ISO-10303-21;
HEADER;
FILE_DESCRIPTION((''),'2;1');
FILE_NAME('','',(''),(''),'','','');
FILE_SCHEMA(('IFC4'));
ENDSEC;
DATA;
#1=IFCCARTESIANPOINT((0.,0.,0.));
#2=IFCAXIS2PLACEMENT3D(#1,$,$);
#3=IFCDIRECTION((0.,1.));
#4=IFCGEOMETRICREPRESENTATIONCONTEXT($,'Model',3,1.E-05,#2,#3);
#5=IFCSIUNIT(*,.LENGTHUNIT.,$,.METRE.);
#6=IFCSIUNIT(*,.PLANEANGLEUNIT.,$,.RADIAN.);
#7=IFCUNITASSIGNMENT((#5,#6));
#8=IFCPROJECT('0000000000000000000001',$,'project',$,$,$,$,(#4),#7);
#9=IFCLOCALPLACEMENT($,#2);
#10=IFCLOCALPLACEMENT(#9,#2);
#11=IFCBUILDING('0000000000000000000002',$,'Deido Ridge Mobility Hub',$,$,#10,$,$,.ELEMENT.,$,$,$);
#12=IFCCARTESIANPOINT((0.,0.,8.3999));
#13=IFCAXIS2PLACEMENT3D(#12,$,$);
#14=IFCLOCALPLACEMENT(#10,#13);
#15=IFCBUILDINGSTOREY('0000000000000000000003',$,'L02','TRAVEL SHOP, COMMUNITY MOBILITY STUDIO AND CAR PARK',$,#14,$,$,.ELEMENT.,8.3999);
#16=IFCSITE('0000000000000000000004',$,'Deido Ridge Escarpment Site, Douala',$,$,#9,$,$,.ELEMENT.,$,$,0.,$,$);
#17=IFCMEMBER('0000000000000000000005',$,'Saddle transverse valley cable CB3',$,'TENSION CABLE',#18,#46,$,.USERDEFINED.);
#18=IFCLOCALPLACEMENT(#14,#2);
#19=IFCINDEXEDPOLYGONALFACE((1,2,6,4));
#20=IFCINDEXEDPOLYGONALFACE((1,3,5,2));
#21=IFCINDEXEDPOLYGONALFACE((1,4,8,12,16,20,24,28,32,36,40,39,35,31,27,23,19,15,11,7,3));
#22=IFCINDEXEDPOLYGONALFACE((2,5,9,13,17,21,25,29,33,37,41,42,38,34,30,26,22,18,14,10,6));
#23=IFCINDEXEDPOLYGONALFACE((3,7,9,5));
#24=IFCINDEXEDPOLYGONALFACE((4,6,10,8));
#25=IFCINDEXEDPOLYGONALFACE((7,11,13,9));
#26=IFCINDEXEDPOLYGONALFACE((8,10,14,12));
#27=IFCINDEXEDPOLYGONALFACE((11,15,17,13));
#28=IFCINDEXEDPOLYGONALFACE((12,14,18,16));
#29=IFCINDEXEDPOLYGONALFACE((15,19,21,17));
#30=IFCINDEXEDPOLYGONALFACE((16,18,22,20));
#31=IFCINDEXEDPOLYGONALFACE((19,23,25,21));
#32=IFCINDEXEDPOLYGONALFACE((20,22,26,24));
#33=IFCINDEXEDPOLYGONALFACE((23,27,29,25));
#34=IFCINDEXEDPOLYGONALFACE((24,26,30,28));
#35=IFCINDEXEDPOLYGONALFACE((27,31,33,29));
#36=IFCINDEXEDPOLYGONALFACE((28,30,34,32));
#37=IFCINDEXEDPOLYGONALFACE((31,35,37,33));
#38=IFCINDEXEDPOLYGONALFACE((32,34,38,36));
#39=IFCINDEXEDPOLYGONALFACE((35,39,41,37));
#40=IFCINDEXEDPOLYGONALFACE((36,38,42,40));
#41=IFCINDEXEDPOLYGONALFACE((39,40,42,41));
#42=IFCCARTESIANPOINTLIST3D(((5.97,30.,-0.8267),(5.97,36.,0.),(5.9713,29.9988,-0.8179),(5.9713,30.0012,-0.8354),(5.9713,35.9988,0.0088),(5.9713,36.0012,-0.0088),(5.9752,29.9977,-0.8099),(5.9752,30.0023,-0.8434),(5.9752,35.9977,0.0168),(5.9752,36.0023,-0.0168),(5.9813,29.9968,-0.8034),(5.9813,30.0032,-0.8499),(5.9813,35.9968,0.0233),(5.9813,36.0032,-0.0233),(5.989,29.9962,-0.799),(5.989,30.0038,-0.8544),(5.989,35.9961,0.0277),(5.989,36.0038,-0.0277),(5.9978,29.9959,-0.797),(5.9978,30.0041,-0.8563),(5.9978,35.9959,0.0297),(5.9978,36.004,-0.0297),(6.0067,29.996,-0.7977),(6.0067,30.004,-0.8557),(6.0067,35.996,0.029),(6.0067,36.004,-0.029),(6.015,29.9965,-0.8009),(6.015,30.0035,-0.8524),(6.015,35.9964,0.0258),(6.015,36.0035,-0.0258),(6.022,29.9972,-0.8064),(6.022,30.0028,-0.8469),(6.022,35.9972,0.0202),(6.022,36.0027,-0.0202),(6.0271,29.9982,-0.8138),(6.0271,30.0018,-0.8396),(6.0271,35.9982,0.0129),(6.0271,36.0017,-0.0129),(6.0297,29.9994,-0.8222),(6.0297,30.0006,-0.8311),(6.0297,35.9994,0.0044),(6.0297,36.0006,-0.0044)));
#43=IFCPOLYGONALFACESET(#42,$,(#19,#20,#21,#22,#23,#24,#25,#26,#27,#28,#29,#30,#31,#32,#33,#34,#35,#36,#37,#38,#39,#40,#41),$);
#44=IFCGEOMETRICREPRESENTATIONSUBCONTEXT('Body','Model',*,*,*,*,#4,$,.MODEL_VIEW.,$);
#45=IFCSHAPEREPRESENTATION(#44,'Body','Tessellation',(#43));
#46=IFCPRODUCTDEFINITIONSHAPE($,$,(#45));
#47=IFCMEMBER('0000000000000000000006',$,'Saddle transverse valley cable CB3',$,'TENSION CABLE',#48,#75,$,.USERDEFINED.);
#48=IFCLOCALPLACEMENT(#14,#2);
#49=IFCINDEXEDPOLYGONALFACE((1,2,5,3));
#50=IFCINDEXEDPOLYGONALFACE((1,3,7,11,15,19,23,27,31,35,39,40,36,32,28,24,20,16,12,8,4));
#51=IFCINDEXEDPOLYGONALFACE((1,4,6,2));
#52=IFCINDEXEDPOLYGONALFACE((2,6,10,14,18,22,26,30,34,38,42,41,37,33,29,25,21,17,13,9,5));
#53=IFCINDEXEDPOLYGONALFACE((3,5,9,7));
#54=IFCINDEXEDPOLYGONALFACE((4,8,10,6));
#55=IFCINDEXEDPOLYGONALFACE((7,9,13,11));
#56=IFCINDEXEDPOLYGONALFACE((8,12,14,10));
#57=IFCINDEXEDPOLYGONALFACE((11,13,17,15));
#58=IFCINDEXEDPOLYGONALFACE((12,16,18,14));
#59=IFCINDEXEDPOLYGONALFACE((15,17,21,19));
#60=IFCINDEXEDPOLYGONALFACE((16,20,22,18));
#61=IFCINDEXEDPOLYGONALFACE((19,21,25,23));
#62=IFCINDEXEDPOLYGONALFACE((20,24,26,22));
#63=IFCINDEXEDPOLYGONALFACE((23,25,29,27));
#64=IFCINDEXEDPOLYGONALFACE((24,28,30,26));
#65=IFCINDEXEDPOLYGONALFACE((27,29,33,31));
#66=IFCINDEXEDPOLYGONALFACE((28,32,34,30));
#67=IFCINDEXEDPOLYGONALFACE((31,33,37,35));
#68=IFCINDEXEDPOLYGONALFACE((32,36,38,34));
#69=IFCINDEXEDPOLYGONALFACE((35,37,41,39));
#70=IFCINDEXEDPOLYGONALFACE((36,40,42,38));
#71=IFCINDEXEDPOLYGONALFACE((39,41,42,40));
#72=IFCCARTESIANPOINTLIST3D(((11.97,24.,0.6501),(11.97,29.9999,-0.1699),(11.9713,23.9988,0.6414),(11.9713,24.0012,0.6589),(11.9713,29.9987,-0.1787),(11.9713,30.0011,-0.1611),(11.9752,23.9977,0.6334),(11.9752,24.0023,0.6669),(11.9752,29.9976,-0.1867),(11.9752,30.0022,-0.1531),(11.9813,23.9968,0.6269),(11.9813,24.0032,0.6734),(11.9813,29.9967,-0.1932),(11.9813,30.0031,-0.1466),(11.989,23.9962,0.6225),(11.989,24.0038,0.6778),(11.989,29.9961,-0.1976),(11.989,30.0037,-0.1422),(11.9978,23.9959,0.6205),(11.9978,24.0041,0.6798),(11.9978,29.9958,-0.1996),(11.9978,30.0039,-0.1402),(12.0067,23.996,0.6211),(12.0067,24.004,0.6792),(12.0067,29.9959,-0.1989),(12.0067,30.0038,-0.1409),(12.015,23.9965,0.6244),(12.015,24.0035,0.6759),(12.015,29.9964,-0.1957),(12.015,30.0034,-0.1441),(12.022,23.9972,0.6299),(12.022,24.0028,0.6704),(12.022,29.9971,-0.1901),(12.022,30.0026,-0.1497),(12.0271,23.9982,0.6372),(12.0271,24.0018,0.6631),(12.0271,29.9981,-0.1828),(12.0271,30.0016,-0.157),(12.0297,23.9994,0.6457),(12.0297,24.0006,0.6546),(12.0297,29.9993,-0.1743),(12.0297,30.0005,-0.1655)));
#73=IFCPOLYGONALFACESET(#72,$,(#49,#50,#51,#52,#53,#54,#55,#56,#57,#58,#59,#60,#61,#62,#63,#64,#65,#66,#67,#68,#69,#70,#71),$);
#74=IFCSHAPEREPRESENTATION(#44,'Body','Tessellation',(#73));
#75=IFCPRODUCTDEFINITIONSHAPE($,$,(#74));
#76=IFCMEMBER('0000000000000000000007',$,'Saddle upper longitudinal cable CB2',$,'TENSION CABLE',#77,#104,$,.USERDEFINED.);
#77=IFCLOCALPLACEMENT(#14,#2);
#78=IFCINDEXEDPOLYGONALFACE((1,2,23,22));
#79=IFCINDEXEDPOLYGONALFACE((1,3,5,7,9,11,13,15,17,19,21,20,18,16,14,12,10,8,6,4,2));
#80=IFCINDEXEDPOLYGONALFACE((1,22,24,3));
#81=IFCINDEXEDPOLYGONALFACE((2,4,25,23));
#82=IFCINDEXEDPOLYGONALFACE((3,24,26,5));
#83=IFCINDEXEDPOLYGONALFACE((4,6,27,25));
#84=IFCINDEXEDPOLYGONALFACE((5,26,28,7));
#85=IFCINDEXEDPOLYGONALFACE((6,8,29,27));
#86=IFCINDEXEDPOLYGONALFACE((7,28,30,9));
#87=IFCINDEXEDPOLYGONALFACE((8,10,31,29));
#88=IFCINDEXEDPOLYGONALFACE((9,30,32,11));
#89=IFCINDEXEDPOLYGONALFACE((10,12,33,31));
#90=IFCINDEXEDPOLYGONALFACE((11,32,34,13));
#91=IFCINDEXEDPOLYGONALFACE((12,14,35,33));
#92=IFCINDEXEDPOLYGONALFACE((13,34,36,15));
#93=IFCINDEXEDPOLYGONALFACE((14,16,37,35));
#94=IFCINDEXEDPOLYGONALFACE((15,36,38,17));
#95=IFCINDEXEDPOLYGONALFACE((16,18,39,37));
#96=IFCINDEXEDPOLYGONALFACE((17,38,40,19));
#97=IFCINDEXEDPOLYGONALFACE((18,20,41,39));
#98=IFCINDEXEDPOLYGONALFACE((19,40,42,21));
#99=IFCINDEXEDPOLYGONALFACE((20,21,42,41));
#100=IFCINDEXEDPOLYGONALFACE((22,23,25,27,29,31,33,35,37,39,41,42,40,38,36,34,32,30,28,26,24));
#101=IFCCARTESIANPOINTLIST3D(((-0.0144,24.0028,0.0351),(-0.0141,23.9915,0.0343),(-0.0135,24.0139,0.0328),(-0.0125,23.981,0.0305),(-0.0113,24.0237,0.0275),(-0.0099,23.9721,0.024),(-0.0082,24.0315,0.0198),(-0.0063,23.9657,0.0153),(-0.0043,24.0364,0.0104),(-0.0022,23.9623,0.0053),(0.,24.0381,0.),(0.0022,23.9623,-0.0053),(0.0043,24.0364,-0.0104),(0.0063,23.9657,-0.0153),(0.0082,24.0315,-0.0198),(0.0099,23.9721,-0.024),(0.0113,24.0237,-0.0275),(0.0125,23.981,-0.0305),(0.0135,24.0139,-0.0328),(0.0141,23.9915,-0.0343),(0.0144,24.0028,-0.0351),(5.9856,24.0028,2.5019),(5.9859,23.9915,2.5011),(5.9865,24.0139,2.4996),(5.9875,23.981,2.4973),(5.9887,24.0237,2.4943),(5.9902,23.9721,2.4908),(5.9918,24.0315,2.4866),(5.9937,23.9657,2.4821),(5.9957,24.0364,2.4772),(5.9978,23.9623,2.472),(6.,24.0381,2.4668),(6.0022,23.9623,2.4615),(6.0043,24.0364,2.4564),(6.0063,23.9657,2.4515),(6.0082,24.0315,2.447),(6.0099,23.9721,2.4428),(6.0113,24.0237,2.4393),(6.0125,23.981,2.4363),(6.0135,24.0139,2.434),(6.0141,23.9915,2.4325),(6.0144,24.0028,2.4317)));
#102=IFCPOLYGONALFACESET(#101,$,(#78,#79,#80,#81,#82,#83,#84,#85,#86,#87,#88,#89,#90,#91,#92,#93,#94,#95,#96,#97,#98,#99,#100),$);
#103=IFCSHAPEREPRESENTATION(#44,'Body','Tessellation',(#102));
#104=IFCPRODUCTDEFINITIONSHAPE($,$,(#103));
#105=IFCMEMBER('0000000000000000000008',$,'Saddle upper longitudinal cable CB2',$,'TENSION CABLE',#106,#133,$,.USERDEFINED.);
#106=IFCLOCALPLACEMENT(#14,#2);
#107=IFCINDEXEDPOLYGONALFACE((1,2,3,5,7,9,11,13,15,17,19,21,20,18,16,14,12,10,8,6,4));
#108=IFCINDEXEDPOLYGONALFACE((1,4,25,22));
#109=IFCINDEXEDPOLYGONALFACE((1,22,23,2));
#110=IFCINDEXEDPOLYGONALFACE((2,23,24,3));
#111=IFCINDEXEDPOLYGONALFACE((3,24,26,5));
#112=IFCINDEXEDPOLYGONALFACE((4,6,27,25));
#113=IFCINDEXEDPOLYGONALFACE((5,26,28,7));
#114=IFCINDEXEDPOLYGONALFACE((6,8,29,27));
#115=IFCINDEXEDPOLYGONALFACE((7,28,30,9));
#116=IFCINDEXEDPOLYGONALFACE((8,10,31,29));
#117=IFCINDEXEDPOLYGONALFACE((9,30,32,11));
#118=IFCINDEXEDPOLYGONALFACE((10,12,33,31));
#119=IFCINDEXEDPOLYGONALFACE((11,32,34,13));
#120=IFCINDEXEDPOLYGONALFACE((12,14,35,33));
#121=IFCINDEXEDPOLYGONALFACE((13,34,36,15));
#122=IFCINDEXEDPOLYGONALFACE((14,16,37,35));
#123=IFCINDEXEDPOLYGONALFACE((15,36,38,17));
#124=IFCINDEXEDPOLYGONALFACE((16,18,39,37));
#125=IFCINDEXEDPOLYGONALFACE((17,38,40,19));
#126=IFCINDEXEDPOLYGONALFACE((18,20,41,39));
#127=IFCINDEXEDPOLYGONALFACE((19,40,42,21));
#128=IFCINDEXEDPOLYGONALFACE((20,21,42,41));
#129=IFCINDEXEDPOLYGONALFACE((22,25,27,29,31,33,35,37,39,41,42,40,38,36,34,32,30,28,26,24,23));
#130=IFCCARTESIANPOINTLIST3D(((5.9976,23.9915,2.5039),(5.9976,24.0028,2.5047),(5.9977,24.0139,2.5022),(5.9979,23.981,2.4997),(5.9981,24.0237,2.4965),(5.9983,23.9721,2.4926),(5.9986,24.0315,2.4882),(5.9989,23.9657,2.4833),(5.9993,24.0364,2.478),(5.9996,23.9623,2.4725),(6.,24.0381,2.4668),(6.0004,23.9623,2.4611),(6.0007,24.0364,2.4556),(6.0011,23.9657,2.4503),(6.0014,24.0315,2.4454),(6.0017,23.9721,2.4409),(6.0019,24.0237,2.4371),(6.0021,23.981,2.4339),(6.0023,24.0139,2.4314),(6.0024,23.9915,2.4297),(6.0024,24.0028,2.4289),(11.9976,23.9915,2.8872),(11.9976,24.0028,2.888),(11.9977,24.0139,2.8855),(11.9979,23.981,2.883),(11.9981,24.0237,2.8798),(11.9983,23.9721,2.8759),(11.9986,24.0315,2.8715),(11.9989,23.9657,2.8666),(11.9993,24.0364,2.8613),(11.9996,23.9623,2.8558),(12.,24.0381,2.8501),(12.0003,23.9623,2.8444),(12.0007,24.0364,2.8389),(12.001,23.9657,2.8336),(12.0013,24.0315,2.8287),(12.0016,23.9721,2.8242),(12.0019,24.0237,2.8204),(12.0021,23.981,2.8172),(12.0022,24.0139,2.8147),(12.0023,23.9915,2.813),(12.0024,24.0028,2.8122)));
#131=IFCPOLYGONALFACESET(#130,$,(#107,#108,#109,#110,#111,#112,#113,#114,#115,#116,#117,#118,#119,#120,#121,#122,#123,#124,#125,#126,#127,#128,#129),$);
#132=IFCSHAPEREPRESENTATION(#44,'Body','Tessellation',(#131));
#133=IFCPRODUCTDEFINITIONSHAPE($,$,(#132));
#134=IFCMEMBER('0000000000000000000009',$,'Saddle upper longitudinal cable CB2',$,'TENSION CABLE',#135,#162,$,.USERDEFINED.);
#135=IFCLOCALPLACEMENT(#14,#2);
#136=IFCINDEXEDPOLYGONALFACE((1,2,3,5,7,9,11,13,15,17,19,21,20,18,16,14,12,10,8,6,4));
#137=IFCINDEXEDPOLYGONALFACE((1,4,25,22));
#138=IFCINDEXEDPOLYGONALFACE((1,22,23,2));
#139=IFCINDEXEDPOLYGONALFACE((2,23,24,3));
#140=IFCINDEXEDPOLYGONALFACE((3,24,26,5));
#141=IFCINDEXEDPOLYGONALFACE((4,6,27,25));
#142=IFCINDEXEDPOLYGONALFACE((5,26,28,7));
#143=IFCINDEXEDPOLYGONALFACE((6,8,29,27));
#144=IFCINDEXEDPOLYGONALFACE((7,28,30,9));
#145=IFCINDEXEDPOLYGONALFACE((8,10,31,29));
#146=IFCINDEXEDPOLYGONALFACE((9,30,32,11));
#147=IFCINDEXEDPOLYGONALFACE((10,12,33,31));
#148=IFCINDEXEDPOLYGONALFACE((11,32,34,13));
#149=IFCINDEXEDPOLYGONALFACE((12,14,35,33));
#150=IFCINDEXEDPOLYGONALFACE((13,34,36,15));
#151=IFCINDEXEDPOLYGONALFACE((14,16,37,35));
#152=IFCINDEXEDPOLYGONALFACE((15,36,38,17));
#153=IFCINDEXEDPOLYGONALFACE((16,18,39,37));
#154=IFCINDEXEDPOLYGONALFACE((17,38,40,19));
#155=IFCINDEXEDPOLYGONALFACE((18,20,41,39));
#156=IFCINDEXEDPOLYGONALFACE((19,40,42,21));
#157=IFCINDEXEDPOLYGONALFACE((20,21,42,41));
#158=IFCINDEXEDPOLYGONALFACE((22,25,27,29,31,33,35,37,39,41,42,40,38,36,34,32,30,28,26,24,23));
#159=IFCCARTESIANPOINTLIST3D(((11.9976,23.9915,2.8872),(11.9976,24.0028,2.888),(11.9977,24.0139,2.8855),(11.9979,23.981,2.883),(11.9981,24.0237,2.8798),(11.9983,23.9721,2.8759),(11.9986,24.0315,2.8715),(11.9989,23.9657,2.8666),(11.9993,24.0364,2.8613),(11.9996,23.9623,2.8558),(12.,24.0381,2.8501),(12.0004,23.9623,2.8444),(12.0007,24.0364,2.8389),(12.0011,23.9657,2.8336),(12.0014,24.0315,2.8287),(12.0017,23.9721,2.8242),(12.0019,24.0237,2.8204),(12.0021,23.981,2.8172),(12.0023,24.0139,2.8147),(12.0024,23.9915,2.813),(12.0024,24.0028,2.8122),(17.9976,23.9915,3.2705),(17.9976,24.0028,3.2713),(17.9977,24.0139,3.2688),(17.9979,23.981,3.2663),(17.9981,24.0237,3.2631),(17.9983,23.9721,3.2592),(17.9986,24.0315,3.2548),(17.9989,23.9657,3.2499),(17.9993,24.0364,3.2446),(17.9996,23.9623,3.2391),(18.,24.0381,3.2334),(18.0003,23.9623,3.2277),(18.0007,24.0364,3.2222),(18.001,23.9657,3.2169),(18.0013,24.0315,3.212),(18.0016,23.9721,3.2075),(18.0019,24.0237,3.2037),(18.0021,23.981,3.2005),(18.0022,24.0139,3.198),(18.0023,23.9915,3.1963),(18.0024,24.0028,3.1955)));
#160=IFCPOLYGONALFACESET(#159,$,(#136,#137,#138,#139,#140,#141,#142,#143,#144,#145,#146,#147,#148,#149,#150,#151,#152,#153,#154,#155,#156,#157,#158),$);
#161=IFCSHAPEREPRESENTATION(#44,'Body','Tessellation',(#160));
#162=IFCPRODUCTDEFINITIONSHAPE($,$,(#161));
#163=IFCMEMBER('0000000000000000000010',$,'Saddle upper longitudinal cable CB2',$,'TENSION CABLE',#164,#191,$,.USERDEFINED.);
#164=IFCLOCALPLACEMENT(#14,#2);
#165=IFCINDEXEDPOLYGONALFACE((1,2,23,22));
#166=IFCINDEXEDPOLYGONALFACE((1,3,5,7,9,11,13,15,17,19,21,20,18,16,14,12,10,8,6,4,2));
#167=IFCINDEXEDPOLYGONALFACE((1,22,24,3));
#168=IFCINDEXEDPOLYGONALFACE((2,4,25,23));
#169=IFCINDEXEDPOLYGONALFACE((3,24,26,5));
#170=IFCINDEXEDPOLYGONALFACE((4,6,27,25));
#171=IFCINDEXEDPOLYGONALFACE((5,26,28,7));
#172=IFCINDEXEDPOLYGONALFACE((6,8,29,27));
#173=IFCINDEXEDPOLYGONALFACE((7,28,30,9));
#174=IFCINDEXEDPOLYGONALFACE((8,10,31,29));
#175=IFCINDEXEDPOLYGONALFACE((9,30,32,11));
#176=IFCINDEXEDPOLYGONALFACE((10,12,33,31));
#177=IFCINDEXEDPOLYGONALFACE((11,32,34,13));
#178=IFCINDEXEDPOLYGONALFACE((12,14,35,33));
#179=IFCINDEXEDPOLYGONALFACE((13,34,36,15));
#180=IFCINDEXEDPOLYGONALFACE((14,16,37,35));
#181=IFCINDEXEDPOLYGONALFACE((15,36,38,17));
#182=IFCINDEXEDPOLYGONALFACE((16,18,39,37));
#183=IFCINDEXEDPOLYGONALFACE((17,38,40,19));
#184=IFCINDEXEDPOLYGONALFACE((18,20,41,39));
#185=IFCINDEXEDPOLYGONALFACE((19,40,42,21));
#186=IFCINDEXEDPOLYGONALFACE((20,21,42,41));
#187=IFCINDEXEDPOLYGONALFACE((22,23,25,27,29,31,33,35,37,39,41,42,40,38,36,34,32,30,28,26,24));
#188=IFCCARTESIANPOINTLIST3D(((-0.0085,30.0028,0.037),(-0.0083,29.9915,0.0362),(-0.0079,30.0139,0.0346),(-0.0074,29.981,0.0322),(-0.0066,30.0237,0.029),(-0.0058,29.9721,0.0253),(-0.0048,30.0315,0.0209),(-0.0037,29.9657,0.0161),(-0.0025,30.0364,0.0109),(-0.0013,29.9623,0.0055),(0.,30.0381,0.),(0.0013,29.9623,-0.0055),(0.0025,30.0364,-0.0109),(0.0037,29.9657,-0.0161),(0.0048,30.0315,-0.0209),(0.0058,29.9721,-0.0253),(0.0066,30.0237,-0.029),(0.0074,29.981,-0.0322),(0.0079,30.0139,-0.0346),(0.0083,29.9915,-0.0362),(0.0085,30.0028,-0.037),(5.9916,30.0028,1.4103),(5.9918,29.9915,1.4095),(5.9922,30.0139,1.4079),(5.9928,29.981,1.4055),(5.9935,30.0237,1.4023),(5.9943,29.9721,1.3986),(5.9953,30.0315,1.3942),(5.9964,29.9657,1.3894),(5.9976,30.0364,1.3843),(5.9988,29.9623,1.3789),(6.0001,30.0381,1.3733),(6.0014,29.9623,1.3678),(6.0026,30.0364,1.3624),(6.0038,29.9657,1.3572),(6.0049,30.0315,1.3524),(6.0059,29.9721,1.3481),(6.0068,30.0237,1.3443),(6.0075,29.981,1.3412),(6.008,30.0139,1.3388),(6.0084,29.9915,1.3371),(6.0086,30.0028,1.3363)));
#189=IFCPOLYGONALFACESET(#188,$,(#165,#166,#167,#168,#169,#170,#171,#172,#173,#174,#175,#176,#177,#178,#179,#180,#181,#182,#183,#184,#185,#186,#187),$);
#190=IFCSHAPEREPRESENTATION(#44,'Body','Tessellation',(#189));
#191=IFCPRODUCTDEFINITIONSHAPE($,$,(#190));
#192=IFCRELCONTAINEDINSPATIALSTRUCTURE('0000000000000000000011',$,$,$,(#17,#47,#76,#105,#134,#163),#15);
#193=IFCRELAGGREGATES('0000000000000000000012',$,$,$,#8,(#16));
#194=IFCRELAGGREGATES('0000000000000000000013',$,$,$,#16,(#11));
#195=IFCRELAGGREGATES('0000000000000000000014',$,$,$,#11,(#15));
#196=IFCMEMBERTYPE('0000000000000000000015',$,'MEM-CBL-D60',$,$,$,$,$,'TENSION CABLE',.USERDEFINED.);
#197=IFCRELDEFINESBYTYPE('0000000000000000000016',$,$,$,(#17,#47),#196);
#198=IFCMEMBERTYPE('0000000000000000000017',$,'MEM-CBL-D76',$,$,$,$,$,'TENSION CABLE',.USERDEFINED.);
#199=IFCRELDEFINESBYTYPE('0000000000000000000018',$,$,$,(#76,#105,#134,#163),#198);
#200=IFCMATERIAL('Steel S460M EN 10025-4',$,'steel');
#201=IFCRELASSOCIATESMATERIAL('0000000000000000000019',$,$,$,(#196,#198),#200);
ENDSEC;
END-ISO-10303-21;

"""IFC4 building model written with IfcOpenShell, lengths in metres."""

from ifc_helpers import new_model, si_unit, direction, frame, origin, origin_2d, place, context, subcontext, project, spatial, circle, extrude, material, material_profile, profile_set, type_object, element, save


model = new_model("IFC4")

# Units and contexts
model_context = context("Model", 3, precision=1e-05, world=origin(), true_north=direction((0.0, 1.0)))
body_context = subcontext(model_context, "Body", "Model", "MODEL_VIEW")
ifc_project = project(units=[si_unit("LENGTHUNIT", "METRE"), si_unit("PLANEANGLEUNIT", "RADIAN")], contexts=[model_context])

# Site, building, storey
site_placement = place(None, origin())
site = spatial("IfcSite", under=ifc_project, at=site_placement, Name="Deido Ridge Escarpment Site, Douala", CompositionType="ELEMENT", RefElevation=0.0)
building_placement = place(site_placement, origin())
building = spatial("IfcBuilding", under=site, at=building_placement, Name="Deido Ridge Mobility Hub", CompositionType="ELEMENT")
storey_placement = place(building_placement, frame((0.0, 0.0, 8.3999)))
storey = spatial("IfcBuildingStorey", under=building, at=storey_placement, Name="L02", Description="TRAVEL SHOP, COMMUNITY MOBILITY STUDIO AND CAR PARK", CompositionType="ELEMENT", Elevation=8.3999)

# Members
ifc_material_1 = material(Name="Steel S460M EN 10025-4", Category="steel")
ifc_material_profile_1 = material_profile(ifc_material_1, circle(Radius=0.03, at=origin_2d()), Name="CABLE D60")
ifc_profile_set_1 = profile_set([ifc_material_profile_1], Name="Steel S460M EN 10025-4")
member_type_1 = type_object("IfcMemberType", Name="MEM-CBL-D60", ElementType="TENSION CABLE", PredefinedType="USERDEFINED", material=ifc_profile_set_1)
member_1_placement = place(storey_placement, frame((6.0, 30.0, -0.8267), z_axis=(0.0, 0.990642, 0.136487), x_axis=(-1.0, 0.0, 0.0)))
element("IfcMember", 1, at=member_1_placement, inside=storey, type_object=member_type_1, Name="Saddle transverse valley cable CB3", ObjectType="TENSION CABLE", PredefinedType="USERDEFINED", context=body_context, shape_type="SweptSolid", body=[
    extrude(circle(Radius=0.03, at=origin_2d()), origin(), (0.0, 0.0, 1.0), 6.0566),
])
member_2_placement = place(storey_placement, frame((12.0, 24.0, 0.6501), z_axis=(0.0, 0.990788, -0.135419), x_axis=(-1.0, 0.0, 0.0)))
element("IfcMember", 2, at=member_2_placement, inside=storey, type_object=member_type_1, Name="Saddle transverse valley cable CB3", ObjectType="TENSION CABLE", PredefinedType="USERDEFINED", context=body_context, shape_type="SweptSolid", body=[
    extrude(circle(Radius=0.03, at=origin_2d()), origin(), (0.0, 0.0, 1.0), 6.0557),
])
ifc_material_profile_2 = material_profile(ifc_material_1, circle(Radius=0.0381, at=origin_2d()), Name="CABLE D76")
ifc_profile_set_2 = profile_set([ifc_material_profile_2], Name="Steel S460M EN 10025-4")
member_type_2 = type_object("IfcMemberType", Name="MEM-CBL-D76", ElementType="TENSION CABLE", PredefinedType="USERDEFINED", material=ifc_profile_set_2)
member_3_placement = place(storey_placement, frame((0.0, 24.0, 0.0), z_axis=(0.924884, 0.0, 0.38025), x_axis=(0.0, 1.0, 0.0)))
element("IfcMember", 3, at=member_3_placement, inside=storey, type_object=member_type_2, Name="Saddle upper longitudinal cable CB2", ObjectType="TENSION CABLE", PredefinedType="USERDEFINED", context=body_context, shape_type="SweptSolid", body=[
    extrude(circle(Radius=0.0381, at=origin_2d()), origin(), (0.0, 0.0, 1.0), 6.4873),
])
for number, where, z_axis, x_axis, name in (
    (4, (6.0, 24.0, 2.4668), (0.997966, 0.0, 0.063754), (0.0, 1.0, 0.0), "Saddle upper longitudinal cable CB2"),
    (5, (12.0, 24.0, 2.8501), (0.997966, 0.0, 0.063754), (0.0, 1.0, 0.0), "Saddle upper longitudinal cable CB2"),
):
    element("IfcMember", number, at=place(storey_placement, frame(where, z_axis=z_axis, x_axis=x_axis)), inside=storey, type_object=member_type_2, Name=name, ObjectType="TENSION CABLE", PredefinedType="USERDEFINED", context=body_context, shape_type="SweptSolid", body=[
        extrude(circle(Radius=0.0381, at=origin_2d()), origin(), (0.0, 0.0, 1.0), 6.0122),
    ])
member_4_placement = place(storey_placement, frame((0.0, 30.0, 0.0), z_axis=(0.974793, 0.0, 0.223112), x_axis=(0.0, 1.0, 0.0)))
element("IfcMember", 6, at=member_4_placement, inside=storey, type_object=member_type_2, Name="Saddle upper longitudinal cable CB2", ObjectType="TENSION CABLE", PredefinedType="USERDEFINED", context=body_context, shape_type="SweptSolid", body=[
    extrude(circle(Radius=0.0381, at=origin_2d()), origin(), (0.0, 0.0, 1.0), 6.1553),
])

save(model, "model.ifc")
